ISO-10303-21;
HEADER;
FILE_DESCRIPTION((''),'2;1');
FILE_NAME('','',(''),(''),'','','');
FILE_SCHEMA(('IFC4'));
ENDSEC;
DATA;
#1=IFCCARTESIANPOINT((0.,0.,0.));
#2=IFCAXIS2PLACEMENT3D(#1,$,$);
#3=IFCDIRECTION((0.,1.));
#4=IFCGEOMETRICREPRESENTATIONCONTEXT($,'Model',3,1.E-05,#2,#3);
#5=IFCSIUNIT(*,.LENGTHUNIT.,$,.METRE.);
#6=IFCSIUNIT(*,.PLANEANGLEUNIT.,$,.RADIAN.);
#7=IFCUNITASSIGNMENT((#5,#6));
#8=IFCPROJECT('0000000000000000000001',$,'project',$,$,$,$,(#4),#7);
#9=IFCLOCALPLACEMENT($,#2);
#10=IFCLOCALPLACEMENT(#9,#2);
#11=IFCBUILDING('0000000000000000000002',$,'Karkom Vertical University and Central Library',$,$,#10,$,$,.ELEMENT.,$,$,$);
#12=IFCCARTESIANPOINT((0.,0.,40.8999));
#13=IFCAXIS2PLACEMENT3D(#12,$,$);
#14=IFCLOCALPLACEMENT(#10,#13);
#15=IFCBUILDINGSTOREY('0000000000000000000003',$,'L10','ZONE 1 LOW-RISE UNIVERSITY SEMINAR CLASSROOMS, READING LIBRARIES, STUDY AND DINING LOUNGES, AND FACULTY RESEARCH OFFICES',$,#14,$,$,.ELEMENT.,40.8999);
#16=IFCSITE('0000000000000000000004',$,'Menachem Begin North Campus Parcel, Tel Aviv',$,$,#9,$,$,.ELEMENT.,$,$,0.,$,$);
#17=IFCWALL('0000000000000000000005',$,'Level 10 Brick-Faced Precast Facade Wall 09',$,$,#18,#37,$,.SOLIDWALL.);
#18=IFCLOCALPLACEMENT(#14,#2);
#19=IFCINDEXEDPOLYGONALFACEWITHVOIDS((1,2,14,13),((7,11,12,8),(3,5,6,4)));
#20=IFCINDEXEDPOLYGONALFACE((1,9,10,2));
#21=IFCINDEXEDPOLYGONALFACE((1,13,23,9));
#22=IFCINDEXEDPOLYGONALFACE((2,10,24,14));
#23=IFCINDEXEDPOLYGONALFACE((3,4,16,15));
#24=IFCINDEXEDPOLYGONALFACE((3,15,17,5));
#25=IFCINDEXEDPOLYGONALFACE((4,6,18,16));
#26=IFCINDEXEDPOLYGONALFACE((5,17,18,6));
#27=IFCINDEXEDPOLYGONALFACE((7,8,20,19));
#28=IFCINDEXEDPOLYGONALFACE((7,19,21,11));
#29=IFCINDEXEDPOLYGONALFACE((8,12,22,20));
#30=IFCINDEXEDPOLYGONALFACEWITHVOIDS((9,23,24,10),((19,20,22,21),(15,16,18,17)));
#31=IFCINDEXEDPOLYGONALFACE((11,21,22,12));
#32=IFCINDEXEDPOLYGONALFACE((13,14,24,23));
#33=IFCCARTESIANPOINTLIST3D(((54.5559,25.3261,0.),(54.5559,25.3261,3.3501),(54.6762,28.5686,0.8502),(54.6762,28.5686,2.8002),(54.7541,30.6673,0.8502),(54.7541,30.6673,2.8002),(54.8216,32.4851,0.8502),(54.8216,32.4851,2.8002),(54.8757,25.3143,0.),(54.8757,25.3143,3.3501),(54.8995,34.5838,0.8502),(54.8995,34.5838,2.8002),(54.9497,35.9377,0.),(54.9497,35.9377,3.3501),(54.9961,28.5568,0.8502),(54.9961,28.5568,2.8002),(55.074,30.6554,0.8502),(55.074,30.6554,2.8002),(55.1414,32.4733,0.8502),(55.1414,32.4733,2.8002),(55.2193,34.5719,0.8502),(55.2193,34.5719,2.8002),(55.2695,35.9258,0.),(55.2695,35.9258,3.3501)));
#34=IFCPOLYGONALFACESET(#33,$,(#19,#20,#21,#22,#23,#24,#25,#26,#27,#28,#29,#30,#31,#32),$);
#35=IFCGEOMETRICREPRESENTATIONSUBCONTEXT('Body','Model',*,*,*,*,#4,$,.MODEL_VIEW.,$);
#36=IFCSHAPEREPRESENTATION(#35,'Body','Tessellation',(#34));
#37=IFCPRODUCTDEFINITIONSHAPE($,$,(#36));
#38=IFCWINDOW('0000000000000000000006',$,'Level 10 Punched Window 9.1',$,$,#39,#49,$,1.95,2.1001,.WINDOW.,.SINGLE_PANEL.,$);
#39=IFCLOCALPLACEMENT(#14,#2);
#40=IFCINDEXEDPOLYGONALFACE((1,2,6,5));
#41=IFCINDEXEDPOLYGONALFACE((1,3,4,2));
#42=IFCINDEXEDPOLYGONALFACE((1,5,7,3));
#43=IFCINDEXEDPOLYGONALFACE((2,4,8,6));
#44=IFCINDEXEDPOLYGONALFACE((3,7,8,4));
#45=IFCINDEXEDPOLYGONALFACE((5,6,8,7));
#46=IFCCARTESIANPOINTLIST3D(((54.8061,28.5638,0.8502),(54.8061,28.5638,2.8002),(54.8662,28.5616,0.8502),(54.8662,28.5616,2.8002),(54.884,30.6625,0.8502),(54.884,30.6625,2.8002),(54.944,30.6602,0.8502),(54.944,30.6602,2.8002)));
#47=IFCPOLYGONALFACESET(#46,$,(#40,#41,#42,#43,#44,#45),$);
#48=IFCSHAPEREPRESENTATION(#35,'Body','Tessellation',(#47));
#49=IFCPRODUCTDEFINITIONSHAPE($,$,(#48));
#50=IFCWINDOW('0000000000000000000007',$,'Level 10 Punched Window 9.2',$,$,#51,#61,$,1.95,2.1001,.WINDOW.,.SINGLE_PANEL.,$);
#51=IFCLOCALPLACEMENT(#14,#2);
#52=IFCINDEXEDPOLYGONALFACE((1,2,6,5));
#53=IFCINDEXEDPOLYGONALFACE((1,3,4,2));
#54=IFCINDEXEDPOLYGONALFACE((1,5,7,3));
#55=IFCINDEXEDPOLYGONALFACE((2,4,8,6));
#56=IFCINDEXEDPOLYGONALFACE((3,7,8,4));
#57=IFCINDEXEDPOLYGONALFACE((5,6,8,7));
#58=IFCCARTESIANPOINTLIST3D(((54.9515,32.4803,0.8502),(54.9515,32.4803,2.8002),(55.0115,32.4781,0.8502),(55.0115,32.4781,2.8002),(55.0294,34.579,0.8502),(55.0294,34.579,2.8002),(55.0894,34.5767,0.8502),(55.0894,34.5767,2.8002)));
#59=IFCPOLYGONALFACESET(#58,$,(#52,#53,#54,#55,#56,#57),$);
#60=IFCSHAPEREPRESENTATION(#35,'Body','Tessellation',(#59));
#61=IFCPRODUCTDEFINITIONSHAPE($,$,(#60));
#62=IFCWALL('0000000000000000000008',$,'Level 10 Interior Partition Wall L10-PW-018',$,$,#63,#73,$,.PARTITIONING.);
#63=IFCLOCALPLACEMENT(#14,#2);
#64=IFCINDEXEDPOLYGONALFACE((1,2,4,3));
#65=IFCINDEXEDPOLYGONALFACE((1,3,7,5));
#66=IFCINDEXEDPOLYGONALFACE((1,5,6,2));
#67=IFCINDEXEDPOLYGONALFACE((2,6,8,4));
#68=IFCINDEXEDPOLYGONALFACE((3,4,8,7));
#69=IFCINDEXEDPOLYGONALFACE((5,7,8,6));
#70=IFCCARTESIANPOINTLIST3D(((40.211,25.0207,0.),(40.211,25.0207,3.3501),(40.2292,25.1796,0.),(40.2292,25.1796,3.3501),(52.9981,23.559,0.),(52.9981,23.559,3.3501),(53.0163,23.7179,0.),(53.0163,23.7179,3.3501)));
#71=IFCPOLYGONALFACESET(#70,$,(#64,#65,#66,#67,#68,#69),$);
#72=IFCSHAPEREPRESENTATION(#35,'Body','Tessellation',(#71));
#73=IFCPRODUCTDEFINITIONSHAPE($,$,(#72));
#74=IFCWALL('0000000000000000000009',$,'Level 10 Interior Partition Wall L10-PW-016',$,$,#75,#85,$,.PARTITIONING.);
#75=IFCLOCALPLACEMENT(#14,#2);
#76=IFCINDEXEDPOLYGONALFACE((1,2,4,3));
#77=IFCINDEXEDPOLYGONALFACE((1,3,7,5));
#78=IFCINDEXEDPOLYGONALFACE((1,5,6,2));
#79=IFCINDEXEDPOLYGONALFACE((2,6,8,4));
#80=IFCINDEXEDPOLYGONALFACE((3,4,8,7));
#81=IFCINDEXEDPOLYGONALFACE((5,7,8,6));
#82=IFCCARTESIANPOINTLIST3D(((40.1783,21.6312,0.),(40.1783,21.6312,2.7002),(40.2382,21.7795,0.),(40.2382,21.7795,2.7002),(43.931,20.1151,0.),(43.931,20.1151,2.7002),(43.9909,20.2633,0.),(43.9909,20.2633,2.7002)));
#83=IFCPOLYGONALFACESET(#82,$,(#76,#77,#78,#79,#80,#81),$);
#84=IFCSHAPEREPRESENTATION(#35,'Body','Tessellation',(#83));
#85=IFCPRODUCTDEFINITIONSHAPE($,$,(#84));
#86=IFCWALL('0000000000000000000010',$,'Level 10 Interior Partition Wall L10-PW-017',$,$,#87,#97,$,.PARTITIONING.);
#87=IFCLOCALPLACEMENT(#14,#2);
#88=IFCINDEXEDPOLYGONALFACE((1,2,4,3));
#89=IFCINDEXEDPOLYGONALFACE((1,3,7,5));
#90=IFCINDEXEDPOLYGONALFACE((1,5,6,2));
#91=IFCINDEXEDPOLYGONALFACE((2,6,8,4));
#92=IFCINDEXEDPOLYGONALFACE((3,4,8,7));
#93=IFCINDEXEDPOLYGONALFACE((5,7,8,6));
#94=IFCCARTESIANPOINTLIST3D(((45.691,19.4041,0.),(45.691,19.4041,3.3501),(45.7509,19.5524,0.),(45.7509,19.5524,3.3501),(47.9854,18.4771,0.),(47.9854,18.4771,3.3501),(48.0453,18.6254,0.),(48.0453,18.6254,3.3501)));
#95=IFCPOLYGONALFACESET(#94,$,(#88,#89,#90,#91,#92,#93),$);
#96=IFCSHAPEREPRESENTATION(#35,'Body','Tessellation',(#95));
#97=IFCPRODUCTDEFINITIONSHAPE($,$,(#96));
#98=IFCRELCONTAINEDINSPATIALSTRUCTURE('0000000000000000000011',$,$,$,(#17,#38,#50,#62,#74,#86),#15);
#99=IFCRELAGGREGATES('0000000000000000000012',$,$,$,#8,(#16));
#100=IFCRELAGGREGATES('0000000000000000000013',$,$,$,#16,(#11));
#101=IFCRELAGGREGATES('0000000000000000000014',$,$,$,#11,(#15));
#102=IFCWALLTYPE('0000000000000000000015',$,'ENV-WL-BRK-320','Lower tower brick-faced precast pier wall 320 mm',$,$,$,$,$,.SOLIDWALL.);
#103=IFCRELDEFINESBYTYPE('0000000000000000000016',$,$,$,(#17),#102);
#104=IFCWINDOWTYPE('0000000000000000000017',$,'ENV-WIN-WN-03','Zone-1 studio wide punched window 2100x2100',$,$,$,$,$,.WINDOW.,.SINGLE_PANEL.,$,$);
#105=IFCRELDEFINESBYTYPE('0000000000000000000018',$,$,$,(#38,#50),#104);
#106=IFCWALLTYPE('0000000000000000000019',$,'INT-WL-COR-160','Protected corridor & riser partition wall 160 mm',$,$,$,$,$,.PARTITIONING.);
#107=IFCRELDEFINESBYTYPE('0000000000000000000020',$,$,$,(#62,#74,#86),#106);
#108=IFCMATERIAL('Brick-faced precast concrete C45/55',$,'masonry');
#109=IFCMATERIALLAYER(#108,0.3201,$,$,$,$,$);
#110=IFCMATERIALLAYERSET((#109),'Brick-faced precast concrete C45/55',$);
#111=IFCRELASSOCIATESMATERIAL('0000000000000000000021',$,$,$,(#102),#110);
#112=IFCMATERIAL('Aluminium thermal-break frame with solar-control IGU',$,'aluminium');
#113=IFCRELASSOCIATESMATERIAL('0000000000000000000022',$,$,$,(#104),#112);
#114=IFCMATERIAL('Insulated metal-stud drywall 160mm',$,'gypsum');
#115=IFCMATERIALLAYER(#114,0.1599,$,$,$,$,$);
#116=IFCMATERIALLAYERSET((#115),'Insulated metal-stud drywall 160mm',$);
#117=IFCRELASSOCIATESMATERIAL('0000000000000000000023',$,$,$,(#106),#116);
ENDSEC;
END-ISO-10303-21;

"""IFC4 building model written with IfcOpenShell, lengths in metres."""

from ifc_helpers import new_model, si_unit, direction, frame, frame_2d, origin, origin_with_axes, place, context, subcontext, project, spatial, rectangle, extrude, source, transform, mapped, material, layer, layer_set, type_object, element, fill, save


model = new_model("IFC4")

# Units and contexts
model_context = context("Model", 3, precision=1e-05, world=origin(), true_north=direction((0.0, 1.0)))
body_context = subcontext(model_context, "Body", "Model", "MODEL_VIEW")
ifc_project = project(units=[si_unit("LENGTHUNIT", "METRE"), si_unit("PLANEANGLEUNIT", "RADIAN")], contexts=[model_context])

# Site, building, storey
site_placement = place(None, origin())
site = spatial("IfcSite", under=ifc_project, at=site_placement, Name="Menachem Begin North Campus Parcel, Tel Aviv", CompositionType="ELEMENT", RefElevation=0.0)
building_placement = place(site_placement, origin())
building = spatial("IfcBuilding", under=site, at=building_placement, Name="Karkom Vertical University and Central Library", CompositionType="ELEMENT")
storey_placement = place(building_placement, frame((0.0, 0.0, 40.8999)))
storey = spatial("IfcBuildingStorey", under=building, at=storey_placement, Name="L10", Description="ZONE 1 LOW-RISE UNIVERSITY SEMINAR CLASSROOMS, READING LIBRARIES, STUDY AND DINING LOUNGES, AND FACULTY RESEARCH OFFICES", CompositionType="ELEMENT", Elevation=40.8999)

# Wall, openings, windows
ifc_material_1 = material(Name="Brick-faced precast concrete C45/55", Category="masonry")
ifc_layer_1 = layer(ifc_material_1, 0.3201)
ifc_layer_set_1 = layer_set([ifc_layer_1], Name="Brick-faced precast concrete C45/55")
wall_type_1 = type_object("IfcWallType", Name="ENV-WL-BRK-320", Description="Lower tower brick-faced precast pier wall 320 mm", PredefinedType="SOLIDWALL", material=ifc_layer_set_1)
ifc_material_2 = material(Name="Aluminium thermal-break frame with solar-control IGU", Category="aluminium")
window_type = type_object("IfcWindowType", Name="ENV-WIN-WN-03", Description="Zone-1 studio wide punched window 2100x2100", PartitioningType="SINGLE_PANEL", PredefinedType="WINDOW", material=ifc_material_2)
shared_shape_1 = source(origin_with_axes(), body_context, "Body", "SweptSolid", [
    extrude(rectangle(XDim=2.1001, YDim=1.95, at=frame_2d((1.05, 0.9751))), frame((0.0, 0.03, 0.0), z_axis=(0.0, -1.0, 0.0), x_axis=(1.0, 0.0, 0.0)), (0.0, 0.0, 1.0), 0.0601),
])
wall_1_placement = place(storey_placement, frame((54.7158, 25.3201, 0.0), z_axis=(0.0, 0.0, 1.0), x_axis=(0.037085, 0.999312, 0.0)))
wall_1 = element("IfcWall", 1, at=wall_1_placement, inside=storey, type_object=wall_type_1, Name="Level 10 Brick-Faced Precast Facade Wall 09", PredefinedType="SOLIDWALL", context=body_context, shape_type="SweptSolid", body=[
    extrude(rectangle(XDim=10.6189, YDim=0.3201, at=frame_2d((5.3096, 0.0))), origin(), (0.0, 0.0, 1.0), 3.3501),
])
opening_1_placement = place(wall_1_placement, frame((3.2449, 0.0, 0.8501)))
opening_1 = element("IfcOpeningElement", 2, at=opening_1_placement, cuts=wall_1, PredefinedType="OPENING", context=body_context, shape_type="SweptSolid", body=[
    extrude(rectangle(XDim=2.1001, YDim=1.95, at=frame_2d((1.05, 0.9751))), frame((0.0, 0.1699, 0.0), z_axis=(0.0, -1.0, 0.0), x_axis=(1.0, 0.0, 0.0)), (0.0, 0.0, 1.0), 0.3401),
])
opening_2_placement = place(wall_1_placement, frame((7.1641, 0.0, 0.8501)))
opening_2 = element("IfcOpeningElement", 3, at=opening_2_placement, cuts=wall_1, PredefinedType="OPENING", context=body_context, shape_type="SweptSolid", body=[
    extrude(rectangle(XDim=2.1001, YDim=1.95, at=frame_2d((1.05, 0.9751))), frame((0.0, 0.1699, 0.0), z_axis=(0.0, -1.0, 0.0), x_axis=(1.0, 0.0, 0.0)), (0.0, 0.0, 1.0), 0.3401),
])
window_1_placement = place(opening_1_placement, origin())
window_1 = element("IfcWindow", 4, at=window_1_placement, inside=storey, type_object=window_type, Name="Level 10 Punched Window 9.1", OverallHeight=1.95, OverallWidth=2.1001, PartitioningType="SINGLE_PANEL", PredefinedType="WINDOW", context=body_context, shape_type="MappedRepresentation", body=[
    mapped(shared_shape_1, transform((0.0, 0.0, 0.0), scale=1.0)),
])
fill(opening_1, window_1)
window_2_placement = place(opening_2_placement, origin())
window_2 = element("IfcWindow", 5, at=window_2_placement, inside=storey, type_object=window_type, Name="Level 10 Punched Window 9.2", OverallHeight=1.95, OverallWidth=2.1001, PartitioningType="SINGLE_PANEL", PredefinedType="WINDOW", context=body_context, shape_type="MappedRepresentation", body=[
    mapped(shared_shape_1, transform((0.0, 0.0, 0.0), scale=1.0)),
])
fill(opening_2, window_2)

# Shared definitions
ifc_material_3 = material(Name="Insulated metal-stud drywall 160mm", Category="gypsum")
ifc_layer_2 = layer(ifc_material_3, 0.1599)
ifc_layer_set_2 = layer_set([ifc_layer_2], Name="Insulated metal-stud drywall 160mm")
wall_type_2 = type_object("IfcWallType", Name="INT-WL-COR-160", Description="Protected corridor & riser partition wall 160 mm", PredefinedType="PARTITIONING", material=ifc_layer_set_2)

# Walls
wall_2_placement = place(storey_placement, frame((40.2202, 25.1001, 0.0), z_axis=(0.0, 0.0, 1.0), x_axis=(0.99353, -0.113569, 0.0)))
element("IfcWall", 6, at=wall_2_placement, inside=storey, type_object=wall_type_2, Name="Level 10 Interior Partition Wall L10-PW-018", PredefinedType="PARTITIONING", context=body_context, shape_type="SweptSolid", body=[
    extrude(rectangle(XDim=12.8704, YDim=0.1599, at=frame_2d((6.4351, 0.0))), origin(), (0.0, 0.0, 1.0), 3.3501),
])
wall_3_placement = place(storey_placement, frame((40.2083, 21.7053, 0.0), z_axis=(0.0, 0.0, 1.0), x_axis=(0.92719, -0.374592, 0.0)))
element("IfcWall", 7, at=wall_3_placement, inside=storey, type_object=wall_type_2, Name="Level 10 Interior Partition Wall L10-PW-016", PredefinedType="PARTITIONING", context=body_context, shape_type="SweptSolid", body=[
    extrude(rectangle(XDim=4.0474, YDim=0.1599, at=frame_2d((2.0237, 0.0))), origin(), (0.0, 0.0, 1.0), 2.7002),
])
wall_4_placement = place(storey_placement, frame((45.7209, 19.4783, 0.0), z_axis=(0.0, 0.0, 1.0), x_axis=(0.927185, -0.374603, 0.0)))
element("IfcWall", 8, at=wall_4_placement, inside=storey, type_object=wall_type_2, Name="Level 10 Interior Partition Wall L10-PW-017", PredefinedType="PARTITIONING", context=body_context, shape_type="SweptSolid", body=[
    extrude(rectangle(XDim=2.4746, YDim=0.1599, at=frame_2d((1.2373, 0.0))), origin(), (0.0, 0.0, 1.0), 3.3501),
])

save(model, "model.ifc")
